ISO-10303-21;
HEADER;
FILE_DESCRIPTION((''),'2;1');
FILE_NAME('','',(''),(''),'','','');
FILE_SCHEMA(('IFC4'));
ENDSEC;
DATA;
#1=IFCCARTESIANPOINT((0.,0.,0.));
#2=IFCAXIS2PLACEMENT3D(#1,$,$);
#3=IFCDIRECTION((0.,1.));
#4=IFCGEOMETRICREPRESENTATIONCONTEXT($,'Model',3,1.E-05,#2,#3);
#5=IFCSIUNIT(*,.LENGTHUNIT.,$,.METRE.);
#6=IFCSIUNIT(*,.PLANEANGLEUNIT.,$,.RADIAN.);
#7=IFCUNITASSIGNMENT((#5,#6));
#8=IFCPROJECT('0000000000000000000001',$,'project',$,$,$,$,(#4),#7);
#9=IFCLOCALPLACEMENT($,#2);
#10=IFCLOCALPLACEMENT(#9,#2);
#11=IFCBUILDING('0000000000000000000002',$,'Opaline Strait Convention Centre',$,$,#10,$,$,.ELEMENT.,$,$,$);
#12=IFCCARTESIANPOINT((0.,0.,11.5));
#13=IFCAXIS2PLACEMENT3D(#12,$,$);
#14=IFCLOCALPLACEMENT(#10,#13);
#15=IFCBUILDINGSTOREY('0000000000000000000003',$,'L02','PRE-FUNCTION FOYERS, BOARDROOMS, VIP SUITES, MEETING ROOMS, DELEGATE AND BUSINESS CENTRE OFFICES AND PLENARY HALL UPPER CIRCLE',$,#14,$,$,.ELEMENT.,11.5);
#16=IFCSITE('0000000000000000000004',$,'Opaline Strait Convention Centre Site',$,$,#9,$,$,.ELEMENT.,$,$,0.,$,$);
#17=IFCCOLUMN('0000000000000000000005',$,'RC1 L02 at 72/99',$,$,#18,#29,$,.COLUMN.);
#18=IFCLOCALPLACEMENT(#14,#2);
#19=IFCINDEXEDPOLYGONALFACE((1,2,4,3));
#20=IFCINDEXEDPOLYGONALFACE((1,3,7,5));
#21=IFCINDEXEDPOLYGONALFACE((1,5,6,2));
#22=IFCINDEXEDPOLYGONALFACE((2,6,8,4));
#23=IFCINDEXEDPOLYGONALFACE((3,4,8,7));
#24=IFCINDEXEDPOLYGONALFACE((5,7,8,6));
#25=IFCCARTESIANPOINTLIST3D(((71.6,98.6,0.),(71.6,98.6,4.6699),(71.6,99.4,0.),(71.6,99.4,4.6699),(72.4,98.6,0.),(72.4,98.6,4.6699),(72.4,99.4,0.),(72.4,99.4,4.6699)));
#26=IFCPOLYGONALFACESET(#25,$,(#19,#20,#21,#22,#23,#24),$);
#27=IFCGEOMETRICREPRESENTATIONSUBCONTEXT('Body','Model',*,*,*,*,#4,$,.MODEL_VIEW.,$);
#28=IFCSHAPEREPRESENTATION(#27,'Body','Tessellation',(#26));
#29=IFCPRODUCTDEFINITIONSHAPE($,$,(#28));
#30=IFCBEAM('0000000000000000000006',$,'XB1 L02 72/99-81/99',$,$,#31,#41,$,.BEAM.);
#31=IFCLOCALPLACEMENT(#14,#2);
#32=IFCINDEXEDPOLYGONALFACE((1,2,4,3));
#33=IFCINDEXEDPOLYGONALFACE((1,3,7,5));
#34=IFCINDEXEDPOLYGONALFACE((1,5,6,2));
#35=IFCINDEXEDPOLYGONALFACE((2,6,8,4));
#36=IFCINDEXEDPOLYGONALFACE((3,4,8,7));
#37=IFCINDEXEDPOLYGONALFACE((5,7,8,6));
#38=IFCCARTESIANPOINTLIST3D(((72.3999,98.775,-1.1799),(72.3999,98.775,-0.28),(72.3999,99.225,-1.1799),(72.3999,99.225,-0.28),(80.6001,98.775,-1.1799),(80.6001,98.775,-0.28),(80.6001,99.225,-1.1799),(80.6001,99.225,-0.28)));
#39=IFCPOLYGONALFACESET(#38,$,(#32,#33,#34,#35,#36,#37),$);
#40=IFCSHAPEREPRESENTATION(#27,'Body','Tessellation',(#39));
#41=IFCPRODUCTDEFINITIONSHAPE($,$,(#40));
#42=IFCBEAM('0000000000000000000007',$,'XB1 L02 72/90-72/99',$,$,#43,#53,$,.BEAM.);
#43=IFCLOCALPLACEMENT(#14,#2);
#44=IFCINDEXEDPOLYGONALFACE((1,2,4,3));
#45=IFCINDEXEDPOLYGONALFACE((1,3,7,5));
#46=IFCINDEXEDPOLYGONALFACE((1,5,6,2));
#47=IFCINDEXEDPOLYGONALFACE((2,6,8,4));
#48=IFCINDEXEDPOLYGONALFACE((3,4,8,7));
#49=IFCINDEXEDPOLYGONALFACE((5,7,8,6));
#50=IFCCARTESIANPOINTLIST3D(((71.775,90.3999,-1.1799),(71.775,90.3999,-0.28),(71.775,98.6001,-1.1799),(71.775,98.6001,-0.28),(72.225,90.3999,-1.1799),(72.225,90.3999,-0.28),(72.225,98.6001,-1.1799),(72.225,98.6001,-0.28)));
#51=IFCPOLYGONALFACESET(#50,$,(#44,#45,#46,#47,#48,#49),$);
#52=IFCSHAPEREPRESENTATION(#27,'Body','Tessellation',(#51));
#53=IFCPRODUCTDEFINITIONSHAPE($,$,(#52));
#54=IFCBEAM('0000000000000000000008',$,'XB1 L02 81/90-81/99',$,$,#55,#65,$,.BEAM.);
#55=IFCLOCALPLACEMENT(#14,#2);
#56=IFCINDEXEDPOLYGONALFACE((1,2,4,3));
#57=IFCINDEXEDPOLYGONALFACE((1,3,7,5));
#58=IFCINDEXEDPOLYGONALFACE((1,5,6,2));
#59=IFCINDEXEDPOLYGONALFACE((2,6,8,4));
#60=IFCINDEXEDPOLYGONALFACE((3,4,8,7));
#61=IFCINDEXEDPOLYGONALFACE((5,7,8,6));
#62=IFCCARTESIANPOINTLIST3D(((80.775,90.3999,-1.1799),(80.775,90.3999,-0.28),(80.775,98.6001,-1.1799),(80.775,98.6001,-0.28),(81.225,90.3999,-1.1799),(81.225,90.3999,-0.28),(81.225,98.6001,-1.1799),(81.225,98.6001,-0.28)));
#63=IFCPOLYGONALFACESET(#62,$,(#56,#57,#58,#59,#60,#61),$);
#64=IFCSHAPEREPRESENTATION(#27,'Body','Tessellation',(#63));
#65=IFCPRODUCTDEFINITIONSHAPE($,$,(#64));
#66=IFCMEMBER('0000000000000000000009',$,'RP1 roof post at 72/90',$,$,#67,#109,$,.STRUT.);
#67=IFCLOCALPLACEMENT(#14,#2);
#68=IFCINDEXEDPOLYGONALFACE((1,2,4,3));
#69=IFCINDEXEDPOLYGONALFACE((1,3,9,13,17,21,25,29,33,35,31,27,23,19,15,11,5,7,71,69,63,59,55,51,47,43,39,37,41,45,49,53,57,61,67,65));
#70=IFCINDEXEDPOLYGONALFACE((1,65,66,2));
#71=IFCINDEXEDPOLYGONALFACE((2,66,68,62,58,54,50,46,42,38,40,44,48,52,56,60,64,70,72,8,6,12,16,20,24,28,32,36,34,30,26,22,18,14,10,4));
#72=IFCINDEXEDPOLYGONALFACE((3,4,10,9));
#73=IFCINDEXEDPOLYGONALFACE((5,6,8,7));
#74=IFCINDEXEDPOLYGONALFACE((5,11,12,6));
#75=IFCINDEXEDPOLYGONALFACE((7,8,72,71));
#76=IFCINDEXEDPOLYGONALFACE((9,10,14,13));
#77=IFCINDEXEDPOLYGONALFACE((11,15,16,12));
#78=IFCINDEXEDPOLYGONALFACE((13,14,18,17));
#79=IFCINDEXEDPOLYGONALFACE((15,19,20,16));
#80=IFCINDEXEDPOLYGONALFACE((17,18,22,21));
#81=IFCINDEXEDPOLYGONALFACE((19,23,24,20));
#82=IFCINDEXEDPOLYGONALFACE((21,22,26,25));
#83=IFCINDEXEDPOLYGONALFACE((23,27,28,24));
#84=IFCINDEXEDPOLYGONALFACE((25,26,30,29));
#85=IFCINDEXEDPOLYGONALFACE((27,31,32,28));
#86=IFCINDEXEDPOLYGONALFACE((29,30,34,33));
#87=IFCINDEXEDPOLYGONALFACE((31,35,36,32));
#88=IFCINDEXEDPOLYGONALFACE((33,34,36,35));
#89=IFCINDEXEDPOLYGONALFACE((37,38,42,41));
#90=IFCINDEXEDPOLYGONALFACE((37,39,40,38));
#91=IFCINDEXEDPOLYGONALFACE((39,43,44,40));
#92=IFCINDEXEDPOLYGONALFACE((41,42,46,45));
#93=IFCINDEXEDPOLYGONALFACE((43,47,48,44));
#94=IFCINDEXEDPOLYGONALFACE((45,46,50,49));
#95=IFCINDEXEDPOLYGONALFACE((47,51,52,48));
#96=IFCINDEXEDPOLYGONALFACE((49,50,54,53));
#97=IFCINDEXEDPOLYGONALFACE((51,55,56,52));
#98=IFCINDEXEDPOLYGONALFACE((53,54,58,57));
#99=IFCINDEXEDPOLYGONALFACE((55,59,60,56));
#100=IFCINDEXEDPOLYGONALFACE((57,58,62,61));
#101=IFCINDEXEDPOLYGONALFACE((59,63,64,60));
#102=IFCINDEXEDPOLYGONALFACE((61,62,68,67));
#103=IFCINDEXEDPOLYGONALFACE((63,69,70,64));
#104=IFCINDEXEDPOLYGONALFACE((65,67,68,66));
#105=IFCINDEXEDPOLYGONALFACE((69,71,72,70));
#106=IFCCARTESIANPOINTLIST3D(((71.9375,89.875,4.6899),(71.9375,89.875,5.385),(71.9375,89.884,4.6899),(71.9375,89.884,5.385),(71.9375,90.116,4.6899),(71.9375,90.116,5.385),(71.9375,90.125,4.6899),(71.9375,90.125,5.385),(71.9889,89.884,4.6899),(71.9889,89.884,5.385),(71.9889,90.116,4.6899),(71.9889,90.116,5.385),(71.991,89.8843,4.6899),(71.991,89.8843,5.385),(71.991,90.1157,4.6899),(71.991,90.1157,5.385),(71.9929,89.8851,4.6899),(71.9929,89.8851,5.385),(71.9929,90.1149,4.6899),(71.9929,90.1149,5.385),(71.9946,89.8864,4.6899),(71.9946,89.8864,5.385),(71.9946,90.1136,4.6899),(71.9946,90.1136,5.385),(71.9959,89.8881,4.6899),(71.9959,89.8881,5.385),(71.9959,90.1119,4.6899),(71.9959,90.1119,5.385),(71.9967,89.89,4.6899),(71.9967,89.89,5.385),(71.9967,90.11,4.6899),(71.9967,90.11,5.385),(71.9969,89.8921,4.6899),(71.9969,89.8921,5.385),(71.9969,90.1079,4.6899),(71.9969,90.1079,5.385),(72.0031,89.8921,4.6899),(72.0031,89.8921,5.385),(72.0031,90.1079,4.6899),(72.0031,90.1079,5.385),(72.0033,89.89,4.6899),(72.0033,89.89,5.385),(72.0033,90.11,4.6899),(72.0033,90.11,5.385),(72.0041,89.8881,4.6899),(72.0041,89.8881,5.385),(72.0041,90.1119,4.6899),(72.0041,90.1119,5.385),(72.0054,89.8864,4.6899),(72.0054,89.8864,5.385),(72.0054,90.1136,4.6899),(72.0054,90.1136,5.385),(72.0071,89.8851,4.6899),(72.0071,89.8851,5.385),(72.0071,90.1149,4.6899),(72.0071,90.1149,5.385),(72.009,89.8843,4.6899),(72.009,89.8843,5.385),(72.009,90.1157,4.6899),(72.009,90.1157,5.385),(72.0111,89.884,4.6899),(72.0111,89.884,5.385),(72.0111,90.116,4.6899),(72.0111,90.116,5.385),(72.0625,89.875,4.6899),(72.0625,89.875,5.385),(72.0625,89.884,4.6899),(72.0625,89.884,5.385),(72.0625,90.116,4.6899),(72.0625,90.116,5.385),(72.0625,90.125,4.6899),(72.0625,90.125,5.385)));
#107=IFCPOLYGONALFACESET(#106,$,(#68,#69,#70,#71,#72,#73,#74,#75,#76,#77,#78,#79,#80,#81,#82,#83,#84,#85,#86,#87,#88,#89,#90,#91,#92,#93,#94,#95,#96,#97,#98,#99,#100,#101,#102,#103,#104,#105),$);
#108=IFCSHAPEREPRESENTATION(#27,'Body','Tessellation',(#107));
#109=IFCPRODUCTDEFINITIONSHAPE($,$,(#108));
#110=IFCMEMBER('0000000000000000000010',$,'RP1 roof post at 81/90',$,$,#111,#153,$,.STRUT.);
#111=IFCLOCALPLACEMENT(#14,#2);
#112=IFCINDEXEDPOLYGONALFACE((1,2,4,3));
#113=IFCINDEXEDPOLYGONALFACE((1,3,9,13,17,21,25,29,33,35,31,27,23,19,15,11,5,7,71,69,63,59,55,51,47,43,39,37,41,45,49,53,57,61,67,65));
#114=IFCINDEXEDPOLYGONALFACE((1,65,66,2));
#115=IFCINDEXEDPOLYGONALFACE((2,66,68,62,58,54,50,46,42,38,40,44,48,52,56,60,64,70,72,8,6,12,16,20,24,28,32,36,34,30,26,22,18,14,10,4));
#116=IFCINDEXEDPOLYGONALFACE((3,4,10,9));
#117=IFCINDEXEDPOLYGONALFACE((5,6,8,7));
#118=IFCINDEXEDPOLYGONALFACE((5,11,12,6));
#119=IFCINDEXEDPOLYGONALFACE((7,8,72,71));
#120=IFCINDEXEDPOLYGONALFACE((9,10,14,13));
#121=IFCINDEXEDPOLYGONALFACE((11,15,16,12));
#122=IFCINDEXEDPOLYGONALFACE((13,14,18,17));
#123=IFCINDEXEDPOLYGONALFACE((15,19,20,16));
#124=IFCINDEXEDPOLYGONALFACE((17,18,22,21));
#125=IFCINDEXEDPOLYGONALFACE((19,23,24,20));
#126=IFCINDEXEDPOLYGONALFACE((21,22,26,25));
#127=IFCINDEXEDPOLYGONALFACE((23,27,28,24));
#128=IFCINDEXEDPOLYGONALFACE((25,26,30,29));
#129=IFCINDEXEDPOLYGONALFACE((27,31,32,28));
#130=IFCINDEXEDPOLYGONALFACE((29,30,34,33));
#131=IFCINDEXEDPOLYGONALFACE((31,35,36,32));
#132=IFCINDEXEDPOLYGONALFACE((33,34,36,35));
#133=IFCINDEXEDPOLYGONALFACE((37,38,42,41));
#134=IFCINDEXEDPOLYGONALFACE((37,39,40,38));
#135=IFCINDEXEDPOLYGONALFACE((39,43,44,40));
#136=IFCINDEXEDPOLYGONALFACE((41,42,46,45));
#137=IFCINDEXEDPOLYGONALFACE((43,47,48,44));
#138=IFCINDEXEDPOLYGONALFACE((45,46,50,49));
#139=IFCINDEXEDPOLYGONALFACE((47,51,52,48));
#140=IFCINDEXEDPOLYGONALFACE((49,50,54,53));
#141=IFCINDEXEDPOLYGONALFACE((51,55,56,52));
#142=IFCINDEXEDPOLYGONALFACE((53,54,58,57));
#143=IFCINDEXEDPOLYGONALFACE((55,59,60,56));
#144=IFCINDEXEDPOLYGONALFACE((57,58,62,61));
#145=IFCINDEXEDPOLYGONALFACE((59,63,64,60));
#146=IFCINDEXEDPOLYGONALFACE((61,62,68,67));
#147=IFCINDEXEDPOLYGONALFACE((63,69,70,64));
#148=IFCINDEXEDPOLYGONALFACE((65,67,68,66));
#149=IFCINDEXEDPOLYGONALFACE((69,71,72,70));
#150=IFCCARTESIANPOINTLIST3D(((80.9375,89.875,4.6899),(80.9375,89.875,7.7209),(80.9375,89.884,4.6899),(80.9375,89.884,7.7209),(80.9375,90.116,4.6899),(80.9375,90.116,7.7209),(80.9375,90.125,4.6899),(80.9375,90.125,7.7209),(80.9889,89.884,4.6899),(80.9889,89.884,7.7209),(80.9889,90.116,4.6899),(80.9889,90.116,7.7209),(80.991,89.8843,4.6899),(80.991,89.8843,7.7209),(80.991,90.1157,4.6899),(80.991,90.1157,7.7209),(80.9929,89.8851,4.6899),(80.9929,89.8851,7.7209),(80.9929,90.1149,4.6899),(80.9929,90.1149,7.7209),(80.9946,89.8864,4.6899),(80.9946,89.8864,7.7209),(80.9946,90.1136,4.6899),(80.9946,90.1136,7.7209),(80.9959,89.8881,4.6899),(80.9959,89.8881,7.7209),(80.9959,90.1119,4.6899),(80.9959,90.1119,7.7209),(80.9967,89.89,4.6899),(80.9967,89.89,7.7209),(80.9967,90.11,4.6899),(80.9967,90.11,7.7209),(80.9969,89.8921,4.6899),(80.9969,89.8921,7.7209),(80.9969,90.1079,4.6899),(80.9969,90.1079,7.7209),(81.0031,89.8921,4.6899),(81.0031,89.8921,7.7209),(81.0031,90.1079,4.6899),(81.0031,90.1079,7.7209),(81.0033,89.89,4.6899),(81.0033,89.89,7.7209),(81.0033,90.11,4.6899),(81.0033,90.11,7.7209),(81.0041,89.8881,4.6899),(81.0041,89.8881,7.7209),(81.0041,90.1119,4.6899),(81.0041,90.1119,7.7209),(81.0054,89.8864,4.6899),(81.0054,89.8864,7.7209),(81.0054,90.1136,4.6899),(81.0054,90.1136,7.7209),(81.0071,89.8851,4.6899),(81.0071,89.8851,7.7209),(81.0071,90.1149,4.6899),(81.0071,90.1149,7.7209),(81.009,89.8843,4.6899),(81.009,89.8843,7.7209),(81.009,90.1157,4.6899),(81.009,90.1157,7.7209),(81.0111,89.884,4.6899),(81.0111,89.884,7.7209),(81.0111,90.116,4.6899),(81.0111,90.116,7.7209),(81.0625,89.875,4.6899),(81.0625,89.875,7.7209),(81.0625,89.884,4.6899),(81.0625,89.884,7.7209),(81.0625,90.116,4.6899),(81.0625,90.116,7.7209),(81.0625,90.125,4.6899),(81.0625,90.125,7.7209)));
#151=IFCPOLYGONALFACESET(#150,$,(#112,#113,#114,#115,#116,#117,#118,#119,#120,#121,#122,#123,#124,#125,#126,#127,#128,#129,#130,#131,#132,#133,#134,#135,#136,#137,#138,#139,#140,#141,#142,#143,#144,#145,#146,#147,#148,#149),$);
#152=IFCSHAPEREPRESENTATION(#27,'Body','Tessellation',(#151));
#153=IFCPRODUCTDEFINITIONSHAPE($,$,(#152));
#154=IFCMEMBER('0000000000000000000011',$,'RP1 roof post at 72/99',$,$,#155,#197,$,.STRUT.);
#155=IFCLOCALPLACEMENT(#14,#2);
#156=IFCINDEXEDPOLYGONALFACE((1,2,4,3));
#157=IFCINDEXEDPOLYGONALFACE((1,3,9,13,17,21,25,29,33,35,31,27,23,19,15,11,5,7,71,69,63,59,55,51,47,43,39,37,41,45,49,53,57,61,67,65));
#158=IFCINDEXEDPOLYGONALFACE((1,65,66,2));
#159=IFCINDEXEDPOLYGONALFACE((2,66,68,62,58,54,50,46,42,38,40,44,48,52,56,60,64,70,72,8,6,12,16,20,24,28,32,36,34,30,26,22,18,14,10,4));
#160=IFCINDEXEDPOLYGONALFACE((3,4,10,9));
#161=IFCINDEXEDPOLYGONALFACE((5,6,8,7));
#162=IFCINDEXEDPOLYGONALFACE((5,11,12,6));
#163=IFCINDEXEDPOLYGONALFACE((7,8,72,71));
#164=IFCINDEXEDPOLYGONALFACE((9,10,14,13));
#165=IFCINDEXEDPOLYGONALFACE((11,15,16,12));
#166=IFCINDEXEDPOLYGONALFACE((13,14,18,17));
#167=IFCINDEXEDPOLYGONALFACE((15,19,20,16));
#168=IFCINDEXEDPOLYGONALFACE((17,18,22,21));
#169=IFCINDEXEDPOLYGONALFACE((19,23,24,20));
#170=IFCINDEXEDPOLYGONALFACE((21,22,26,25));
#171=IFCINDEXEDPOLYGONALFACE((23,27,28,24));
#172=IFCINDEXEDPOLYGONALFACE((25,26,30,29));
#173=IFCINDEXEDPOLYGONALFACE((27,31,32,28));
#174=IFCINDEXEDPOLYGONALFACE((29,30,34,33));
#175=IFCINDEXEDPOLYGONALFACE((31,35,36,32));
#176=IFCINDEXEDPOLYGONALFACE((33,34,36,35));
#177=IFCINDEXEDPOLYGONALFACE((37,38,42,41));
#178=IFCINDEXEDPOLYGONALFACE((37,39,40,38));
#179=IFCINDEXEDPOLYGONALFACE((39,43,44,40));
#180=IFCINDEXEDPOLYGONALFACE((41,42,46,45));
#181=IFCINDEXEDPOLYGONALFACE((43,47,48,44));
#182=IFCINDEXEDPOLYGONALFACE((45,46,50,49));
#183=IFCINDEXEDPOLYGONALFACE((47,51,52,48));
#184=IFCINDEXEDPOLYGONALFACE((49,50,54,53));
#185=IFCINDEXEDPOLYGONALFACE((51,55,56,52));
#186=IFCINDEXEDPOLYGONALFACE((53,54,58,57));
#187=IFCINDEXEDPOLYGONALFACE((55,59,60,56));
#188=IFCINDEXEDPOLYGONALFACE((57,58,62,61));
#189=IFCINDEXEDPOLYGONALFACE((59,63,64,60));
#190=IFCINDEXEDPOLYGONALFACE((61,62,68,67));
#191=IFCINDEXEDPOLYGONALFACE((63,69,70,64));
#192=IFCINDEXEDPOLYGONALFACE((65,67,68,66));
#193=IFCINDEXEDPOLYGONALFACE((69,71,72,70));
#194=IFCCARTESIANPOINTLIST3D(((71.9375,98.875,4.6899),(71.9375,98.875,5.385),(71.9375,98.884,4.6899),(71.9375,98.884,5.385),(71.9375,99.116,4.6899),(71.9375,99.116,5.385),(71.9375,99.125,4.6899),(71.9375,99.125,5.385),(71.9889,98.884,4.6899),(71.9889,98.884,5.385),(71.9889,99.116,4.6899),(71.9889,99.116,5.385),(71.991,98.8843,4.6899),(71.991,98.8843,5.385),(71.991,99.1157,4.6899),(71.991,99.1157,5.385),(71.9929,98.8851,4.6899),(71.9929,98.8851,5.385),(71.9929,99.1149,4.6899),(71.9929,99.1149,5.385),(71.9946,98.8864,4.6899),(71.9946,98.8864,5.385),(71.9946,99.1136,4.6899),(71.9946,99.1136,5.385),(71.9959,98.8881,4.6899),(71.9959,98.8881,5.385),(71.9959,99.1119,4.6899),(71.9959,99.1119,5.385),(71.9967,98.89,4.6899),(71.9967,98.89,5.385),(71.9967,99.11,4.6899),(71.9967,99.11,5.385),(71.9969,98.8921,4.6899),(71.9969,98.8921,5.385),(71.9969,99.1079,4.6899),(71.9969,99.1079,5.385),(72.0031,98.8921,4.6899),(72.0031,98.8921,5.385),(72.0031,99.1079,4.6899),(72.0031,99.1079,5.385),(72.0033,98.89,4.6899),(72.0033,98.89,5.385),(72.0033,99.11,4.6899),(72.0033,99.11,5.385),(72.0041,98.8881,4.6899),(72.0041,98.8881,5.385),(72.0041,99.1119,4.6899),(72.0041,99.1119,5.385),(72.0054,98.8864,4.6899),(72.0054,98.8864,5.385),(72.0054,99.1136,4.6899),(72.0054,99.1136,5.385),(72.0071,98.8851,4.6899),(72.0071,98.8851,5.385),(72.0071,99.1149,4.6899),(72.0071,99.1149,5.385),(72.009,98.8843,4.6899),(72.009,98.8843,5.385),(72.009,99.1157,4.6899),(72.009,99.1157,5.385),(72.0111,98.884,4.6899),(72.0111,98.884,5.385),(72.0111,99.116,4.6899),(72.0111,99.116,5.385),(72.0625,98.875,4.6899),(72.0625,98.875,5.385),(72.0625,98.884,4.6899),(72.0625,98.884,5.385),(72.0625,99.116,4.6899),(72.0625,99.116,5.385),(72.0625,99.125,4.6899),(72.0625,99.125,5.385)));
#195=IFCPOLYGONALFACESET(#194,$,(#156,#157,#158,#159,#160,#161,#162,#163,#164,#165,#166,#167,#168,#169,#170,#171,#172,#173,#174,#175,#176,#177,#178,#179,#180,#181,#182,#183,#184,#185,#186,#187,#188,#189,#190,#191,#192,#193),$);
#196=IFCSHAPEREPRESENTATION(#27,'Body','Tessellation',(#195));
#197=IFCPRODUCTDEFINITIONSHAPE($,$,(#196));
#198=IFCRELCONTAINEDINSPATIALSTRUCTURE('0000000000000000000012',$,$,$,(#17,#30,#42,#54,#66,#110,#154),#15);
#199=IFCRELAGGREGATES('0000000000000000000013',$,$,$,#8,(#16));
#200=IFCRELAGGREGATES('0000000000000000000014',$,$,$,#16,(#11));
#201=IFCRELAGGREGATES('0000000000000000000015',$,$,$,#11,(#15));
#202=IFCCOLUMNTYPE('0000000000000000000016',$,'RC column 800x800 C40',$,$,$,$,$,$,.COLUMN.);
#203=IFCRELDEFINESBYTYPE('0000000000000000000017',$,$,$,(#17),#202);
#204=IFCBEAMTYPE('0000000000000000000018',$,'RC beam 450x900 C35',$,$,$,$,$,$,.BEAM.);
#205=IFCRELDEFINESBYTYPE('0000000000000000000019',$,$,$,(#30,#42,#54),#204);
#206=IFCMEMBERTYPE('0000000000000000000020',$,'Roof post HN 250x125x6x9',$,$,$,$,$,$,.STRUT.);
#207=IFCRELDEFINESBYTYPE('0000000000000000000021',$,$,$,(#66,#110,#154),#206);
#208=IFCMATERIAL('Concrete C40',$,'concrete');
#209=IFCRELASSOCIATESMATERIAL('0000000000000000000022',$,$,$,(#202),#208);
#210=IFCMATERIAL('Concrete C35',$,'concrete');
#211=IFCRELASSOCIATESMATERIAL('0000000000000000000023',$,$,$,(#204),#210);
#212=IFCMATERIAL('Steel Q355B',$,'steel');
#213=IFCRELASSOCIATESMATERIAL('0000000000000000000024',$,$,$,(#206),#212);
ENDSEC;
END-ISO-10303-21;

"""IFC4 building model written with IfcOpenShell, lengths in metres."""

from ifc_helpers import new_model, si_unit, direction, frame, origin, origin_2d, place, context, subcontext, project, spatial, rectangle, i_section, extrude, material, material_profile, profile_set, type_object, element, save


model = new_model("IFC4")

# Units and contexts
model_context = context("Model", 3, precision=1e-05, world=origin(), true_north=direction((0.0, 1.0)))
body_context = subcontext(model_context, "Body", "Model", "MODEL_VIEW")
ifc_project = project(units=[si_unit("LENGTHUNIT", "METRE"), si_unit("PLANEANGLEUNIT", "RADIAN")], contexts=[model_context])

# Site, building, storey
site_placement = place(None, origin())
site = spatial("IfcSite", under=ifc_project, at=site_placement, Name="Opaline Strait Convention Centre Site", CompositionType="ELEMENT", RefElevation=0.0)
building_placement = place(site_placement, origin())
building = spatial("IfcBuilding", under=site, at=building_placement, Name="Opaline Strait Convention Centre", CompositionType="ELEMENT")
storey_placement = place(building_placement, frame((0.0, 0.0, 11.5)))
storey = spatial("IfcBuildingStorey", under=building, at=storey_placement, Name="L02", Description="PRE-FUNCTION FOYERS, BOARDROOMS, VIP SUITES, MEETING ROOMS, DELEGATE AND BUSINESS CENTRE OFFICES AND PLENARY HALL UPPER CIRCLE", CompositionType="ELEMENT", Elevation=11.5)

# Column
ifc_material_1 = material(Name="Concrete C40", Category="concrete")
ifc_material_profile_1 = material_profile(ifc_material_1, rectangle(XDim=0.8, YDim=0.8, at=origin_2d()), Name="RC 800x800")
ifc_profile_set_1 = profile_set([ifc_material_profile_1], Name="Concrete C40")
column_type = type_object("IfcColumnType", Name="RC column 800x800 C40", PredefinedType="COLUMN", material=ifc_profile_set_1)
column_placement = place(storey_placement, frame((72.0, 99.0, 0.0), z_axis=(0.0, 0.0, 1.0), x_axis=(1.0, 0.0, 0.0)))
element("IfcColumn", 1, at=column_placement, inside=storey, type_object=column_type, Name="RC1 L02 at 72/99", PredefinedType="COLUMN", context=body_context, shape_type="SweptSolid", body=[
    extrude(rectangle(XDim=0.8, YDim=0.8, at=origin_2d()), origin(), (0.0, 0.0, 1.0), 4.6699),
])

# Beams
ifc_material_2 = material(Name="Concrete C35", Category="concrete")
ifc_material_profile_2 = material_profile(ifc_material_2, rectangle(XDim=0.45, YDim=0.8999, at=origin_2d()), Name="RC 450x900")
ifc_profile_set_2 = profile_set([ifc_material_profile_2], Name="Concrete C35")
beam_type = type_object("IfcBeamType", Name="RC beam 450x900 C35", PredefinedType="BEAM", material=ifc_profile_set_2)
for number, where, z_axis, x_axis, name in (
    (2, (72.3999, 99.0, -0.73), (1.0, 0.0, 0.0), (0.0, 1.0, 0.0), "XB1 L02 72/99-81/99"),
    (3, (72.0, 90.3999, -0.73), (0.0, 1.0, 0.0), (-1.0, 0.0, 0.0), "XB1 L02 72/90-72/99"),
    (4, (81.0, 90.3999, -0.73), (0.0, 1.0, 0.0), (-1.0, 0.0, 0.0), "XB1 L02 81/90-81/99"),
):
    element("IfcBeam", number, at=place(storey_placement, frame(where, z_axis=z_axis, x_axis=x_axis)), inside=storey, type_object=beam_type, Name=name, PredefinedType="BEAM", context=body_context, shape_type="SweptSolid", body=[
        extrude(rectangle(XDim=0.45, YDim=0.8999, at=origin_2d()), origin(), (0.0, 0.0, 1.0), 8.2002),
    ])

# Members
ifc_material_3 = material(Name="Steel Q355B", Category="steel")
ifc_material_profile_3 = material_profile(ifc_material_3, i_section(OverallWidth=0.125, OverallDepth=0.25, WebThickness=0.0061, FlangeThickness=0.009, FilletRadius=0.0081, at=origin_2d()), Name="HN 250x125x6x9")
ifc_profile_set_3 = profile_set([ifc_material_profile_3], Name="Steel Q355B")
member_type = type_object("IfcMemberType", Name="Roof post HN 250x125x6x9", PredefinedType="STRUT", material=ifc_profile_set_3)
member_1_placement = place(storey_placement, frame((72.0, 90.0, 4.6899), z_axis=(0.0, 0.0, 1.0), x_axis=(1.0, 0.0, 0.0)))
element("IfcMember", 5, at=member_1_placement, inside=storey, type_object=member_type, Name="RP1 roof post at 72/90", PredefinedType="STRUT", context=body_context, shape_type="SweptSolid", body=[
    extrude(i_section(OverallWidth=0.125, OverallDepth=0.25, WebThickness=0.0061, FlangeThickness=0.009, FilletRadius=0.0081, at=origin_2d()), origin(), (0.0, 0.0, 1.0), 0.6951),
])
member_2_placement = place(storey_placement, frame((81.0, 90.0, 4.6899), z_axis=(0.0, 0.0, 1.0), x_axis=(1.0, 0.0, 0.0)))
element("IfcMember", 6, at=member_2_placement, inside=storey, type_object=member_type, Name="RP1 roof post at 81/90", PredefinedType="STRUT", context=body_context, shape_type="SweptSolid", body=[
    extrude(i_section(OverallWidth=0.125, OverallDepth=0.25, WebThickness=0.0061, FlangeThickness=0.009, FilletRadius=0.0081, at=origin_2d()), origin(), (0.0, 0.0, 1.0), 3.031),
])
member_3_placement = place(storey_placement, frame((72.0, 99.0, 4.6899), z_axis=(0.0, 0.0, 1.0), x_axis=(1.0, 0.0, 0.0)))
element("IfcMember", 7, at=member_3_placement, inside=storey, type_object=member_type, Name="RP1 roof post at 72/99", PredefinedType="STRUT", context=body_context, shape_type="SweptSolid", body=[
    extrude(i_section(OverallWidth=0.125, OverallDepth=0.25, WebThickness=0.0061, FlangeThickness=0.009, FilletRadius=0.0081, at=origin_2d()), origin(), (0.0, 0.0, 1.0), 0.6951),
])

save(model, "model.ifc")
